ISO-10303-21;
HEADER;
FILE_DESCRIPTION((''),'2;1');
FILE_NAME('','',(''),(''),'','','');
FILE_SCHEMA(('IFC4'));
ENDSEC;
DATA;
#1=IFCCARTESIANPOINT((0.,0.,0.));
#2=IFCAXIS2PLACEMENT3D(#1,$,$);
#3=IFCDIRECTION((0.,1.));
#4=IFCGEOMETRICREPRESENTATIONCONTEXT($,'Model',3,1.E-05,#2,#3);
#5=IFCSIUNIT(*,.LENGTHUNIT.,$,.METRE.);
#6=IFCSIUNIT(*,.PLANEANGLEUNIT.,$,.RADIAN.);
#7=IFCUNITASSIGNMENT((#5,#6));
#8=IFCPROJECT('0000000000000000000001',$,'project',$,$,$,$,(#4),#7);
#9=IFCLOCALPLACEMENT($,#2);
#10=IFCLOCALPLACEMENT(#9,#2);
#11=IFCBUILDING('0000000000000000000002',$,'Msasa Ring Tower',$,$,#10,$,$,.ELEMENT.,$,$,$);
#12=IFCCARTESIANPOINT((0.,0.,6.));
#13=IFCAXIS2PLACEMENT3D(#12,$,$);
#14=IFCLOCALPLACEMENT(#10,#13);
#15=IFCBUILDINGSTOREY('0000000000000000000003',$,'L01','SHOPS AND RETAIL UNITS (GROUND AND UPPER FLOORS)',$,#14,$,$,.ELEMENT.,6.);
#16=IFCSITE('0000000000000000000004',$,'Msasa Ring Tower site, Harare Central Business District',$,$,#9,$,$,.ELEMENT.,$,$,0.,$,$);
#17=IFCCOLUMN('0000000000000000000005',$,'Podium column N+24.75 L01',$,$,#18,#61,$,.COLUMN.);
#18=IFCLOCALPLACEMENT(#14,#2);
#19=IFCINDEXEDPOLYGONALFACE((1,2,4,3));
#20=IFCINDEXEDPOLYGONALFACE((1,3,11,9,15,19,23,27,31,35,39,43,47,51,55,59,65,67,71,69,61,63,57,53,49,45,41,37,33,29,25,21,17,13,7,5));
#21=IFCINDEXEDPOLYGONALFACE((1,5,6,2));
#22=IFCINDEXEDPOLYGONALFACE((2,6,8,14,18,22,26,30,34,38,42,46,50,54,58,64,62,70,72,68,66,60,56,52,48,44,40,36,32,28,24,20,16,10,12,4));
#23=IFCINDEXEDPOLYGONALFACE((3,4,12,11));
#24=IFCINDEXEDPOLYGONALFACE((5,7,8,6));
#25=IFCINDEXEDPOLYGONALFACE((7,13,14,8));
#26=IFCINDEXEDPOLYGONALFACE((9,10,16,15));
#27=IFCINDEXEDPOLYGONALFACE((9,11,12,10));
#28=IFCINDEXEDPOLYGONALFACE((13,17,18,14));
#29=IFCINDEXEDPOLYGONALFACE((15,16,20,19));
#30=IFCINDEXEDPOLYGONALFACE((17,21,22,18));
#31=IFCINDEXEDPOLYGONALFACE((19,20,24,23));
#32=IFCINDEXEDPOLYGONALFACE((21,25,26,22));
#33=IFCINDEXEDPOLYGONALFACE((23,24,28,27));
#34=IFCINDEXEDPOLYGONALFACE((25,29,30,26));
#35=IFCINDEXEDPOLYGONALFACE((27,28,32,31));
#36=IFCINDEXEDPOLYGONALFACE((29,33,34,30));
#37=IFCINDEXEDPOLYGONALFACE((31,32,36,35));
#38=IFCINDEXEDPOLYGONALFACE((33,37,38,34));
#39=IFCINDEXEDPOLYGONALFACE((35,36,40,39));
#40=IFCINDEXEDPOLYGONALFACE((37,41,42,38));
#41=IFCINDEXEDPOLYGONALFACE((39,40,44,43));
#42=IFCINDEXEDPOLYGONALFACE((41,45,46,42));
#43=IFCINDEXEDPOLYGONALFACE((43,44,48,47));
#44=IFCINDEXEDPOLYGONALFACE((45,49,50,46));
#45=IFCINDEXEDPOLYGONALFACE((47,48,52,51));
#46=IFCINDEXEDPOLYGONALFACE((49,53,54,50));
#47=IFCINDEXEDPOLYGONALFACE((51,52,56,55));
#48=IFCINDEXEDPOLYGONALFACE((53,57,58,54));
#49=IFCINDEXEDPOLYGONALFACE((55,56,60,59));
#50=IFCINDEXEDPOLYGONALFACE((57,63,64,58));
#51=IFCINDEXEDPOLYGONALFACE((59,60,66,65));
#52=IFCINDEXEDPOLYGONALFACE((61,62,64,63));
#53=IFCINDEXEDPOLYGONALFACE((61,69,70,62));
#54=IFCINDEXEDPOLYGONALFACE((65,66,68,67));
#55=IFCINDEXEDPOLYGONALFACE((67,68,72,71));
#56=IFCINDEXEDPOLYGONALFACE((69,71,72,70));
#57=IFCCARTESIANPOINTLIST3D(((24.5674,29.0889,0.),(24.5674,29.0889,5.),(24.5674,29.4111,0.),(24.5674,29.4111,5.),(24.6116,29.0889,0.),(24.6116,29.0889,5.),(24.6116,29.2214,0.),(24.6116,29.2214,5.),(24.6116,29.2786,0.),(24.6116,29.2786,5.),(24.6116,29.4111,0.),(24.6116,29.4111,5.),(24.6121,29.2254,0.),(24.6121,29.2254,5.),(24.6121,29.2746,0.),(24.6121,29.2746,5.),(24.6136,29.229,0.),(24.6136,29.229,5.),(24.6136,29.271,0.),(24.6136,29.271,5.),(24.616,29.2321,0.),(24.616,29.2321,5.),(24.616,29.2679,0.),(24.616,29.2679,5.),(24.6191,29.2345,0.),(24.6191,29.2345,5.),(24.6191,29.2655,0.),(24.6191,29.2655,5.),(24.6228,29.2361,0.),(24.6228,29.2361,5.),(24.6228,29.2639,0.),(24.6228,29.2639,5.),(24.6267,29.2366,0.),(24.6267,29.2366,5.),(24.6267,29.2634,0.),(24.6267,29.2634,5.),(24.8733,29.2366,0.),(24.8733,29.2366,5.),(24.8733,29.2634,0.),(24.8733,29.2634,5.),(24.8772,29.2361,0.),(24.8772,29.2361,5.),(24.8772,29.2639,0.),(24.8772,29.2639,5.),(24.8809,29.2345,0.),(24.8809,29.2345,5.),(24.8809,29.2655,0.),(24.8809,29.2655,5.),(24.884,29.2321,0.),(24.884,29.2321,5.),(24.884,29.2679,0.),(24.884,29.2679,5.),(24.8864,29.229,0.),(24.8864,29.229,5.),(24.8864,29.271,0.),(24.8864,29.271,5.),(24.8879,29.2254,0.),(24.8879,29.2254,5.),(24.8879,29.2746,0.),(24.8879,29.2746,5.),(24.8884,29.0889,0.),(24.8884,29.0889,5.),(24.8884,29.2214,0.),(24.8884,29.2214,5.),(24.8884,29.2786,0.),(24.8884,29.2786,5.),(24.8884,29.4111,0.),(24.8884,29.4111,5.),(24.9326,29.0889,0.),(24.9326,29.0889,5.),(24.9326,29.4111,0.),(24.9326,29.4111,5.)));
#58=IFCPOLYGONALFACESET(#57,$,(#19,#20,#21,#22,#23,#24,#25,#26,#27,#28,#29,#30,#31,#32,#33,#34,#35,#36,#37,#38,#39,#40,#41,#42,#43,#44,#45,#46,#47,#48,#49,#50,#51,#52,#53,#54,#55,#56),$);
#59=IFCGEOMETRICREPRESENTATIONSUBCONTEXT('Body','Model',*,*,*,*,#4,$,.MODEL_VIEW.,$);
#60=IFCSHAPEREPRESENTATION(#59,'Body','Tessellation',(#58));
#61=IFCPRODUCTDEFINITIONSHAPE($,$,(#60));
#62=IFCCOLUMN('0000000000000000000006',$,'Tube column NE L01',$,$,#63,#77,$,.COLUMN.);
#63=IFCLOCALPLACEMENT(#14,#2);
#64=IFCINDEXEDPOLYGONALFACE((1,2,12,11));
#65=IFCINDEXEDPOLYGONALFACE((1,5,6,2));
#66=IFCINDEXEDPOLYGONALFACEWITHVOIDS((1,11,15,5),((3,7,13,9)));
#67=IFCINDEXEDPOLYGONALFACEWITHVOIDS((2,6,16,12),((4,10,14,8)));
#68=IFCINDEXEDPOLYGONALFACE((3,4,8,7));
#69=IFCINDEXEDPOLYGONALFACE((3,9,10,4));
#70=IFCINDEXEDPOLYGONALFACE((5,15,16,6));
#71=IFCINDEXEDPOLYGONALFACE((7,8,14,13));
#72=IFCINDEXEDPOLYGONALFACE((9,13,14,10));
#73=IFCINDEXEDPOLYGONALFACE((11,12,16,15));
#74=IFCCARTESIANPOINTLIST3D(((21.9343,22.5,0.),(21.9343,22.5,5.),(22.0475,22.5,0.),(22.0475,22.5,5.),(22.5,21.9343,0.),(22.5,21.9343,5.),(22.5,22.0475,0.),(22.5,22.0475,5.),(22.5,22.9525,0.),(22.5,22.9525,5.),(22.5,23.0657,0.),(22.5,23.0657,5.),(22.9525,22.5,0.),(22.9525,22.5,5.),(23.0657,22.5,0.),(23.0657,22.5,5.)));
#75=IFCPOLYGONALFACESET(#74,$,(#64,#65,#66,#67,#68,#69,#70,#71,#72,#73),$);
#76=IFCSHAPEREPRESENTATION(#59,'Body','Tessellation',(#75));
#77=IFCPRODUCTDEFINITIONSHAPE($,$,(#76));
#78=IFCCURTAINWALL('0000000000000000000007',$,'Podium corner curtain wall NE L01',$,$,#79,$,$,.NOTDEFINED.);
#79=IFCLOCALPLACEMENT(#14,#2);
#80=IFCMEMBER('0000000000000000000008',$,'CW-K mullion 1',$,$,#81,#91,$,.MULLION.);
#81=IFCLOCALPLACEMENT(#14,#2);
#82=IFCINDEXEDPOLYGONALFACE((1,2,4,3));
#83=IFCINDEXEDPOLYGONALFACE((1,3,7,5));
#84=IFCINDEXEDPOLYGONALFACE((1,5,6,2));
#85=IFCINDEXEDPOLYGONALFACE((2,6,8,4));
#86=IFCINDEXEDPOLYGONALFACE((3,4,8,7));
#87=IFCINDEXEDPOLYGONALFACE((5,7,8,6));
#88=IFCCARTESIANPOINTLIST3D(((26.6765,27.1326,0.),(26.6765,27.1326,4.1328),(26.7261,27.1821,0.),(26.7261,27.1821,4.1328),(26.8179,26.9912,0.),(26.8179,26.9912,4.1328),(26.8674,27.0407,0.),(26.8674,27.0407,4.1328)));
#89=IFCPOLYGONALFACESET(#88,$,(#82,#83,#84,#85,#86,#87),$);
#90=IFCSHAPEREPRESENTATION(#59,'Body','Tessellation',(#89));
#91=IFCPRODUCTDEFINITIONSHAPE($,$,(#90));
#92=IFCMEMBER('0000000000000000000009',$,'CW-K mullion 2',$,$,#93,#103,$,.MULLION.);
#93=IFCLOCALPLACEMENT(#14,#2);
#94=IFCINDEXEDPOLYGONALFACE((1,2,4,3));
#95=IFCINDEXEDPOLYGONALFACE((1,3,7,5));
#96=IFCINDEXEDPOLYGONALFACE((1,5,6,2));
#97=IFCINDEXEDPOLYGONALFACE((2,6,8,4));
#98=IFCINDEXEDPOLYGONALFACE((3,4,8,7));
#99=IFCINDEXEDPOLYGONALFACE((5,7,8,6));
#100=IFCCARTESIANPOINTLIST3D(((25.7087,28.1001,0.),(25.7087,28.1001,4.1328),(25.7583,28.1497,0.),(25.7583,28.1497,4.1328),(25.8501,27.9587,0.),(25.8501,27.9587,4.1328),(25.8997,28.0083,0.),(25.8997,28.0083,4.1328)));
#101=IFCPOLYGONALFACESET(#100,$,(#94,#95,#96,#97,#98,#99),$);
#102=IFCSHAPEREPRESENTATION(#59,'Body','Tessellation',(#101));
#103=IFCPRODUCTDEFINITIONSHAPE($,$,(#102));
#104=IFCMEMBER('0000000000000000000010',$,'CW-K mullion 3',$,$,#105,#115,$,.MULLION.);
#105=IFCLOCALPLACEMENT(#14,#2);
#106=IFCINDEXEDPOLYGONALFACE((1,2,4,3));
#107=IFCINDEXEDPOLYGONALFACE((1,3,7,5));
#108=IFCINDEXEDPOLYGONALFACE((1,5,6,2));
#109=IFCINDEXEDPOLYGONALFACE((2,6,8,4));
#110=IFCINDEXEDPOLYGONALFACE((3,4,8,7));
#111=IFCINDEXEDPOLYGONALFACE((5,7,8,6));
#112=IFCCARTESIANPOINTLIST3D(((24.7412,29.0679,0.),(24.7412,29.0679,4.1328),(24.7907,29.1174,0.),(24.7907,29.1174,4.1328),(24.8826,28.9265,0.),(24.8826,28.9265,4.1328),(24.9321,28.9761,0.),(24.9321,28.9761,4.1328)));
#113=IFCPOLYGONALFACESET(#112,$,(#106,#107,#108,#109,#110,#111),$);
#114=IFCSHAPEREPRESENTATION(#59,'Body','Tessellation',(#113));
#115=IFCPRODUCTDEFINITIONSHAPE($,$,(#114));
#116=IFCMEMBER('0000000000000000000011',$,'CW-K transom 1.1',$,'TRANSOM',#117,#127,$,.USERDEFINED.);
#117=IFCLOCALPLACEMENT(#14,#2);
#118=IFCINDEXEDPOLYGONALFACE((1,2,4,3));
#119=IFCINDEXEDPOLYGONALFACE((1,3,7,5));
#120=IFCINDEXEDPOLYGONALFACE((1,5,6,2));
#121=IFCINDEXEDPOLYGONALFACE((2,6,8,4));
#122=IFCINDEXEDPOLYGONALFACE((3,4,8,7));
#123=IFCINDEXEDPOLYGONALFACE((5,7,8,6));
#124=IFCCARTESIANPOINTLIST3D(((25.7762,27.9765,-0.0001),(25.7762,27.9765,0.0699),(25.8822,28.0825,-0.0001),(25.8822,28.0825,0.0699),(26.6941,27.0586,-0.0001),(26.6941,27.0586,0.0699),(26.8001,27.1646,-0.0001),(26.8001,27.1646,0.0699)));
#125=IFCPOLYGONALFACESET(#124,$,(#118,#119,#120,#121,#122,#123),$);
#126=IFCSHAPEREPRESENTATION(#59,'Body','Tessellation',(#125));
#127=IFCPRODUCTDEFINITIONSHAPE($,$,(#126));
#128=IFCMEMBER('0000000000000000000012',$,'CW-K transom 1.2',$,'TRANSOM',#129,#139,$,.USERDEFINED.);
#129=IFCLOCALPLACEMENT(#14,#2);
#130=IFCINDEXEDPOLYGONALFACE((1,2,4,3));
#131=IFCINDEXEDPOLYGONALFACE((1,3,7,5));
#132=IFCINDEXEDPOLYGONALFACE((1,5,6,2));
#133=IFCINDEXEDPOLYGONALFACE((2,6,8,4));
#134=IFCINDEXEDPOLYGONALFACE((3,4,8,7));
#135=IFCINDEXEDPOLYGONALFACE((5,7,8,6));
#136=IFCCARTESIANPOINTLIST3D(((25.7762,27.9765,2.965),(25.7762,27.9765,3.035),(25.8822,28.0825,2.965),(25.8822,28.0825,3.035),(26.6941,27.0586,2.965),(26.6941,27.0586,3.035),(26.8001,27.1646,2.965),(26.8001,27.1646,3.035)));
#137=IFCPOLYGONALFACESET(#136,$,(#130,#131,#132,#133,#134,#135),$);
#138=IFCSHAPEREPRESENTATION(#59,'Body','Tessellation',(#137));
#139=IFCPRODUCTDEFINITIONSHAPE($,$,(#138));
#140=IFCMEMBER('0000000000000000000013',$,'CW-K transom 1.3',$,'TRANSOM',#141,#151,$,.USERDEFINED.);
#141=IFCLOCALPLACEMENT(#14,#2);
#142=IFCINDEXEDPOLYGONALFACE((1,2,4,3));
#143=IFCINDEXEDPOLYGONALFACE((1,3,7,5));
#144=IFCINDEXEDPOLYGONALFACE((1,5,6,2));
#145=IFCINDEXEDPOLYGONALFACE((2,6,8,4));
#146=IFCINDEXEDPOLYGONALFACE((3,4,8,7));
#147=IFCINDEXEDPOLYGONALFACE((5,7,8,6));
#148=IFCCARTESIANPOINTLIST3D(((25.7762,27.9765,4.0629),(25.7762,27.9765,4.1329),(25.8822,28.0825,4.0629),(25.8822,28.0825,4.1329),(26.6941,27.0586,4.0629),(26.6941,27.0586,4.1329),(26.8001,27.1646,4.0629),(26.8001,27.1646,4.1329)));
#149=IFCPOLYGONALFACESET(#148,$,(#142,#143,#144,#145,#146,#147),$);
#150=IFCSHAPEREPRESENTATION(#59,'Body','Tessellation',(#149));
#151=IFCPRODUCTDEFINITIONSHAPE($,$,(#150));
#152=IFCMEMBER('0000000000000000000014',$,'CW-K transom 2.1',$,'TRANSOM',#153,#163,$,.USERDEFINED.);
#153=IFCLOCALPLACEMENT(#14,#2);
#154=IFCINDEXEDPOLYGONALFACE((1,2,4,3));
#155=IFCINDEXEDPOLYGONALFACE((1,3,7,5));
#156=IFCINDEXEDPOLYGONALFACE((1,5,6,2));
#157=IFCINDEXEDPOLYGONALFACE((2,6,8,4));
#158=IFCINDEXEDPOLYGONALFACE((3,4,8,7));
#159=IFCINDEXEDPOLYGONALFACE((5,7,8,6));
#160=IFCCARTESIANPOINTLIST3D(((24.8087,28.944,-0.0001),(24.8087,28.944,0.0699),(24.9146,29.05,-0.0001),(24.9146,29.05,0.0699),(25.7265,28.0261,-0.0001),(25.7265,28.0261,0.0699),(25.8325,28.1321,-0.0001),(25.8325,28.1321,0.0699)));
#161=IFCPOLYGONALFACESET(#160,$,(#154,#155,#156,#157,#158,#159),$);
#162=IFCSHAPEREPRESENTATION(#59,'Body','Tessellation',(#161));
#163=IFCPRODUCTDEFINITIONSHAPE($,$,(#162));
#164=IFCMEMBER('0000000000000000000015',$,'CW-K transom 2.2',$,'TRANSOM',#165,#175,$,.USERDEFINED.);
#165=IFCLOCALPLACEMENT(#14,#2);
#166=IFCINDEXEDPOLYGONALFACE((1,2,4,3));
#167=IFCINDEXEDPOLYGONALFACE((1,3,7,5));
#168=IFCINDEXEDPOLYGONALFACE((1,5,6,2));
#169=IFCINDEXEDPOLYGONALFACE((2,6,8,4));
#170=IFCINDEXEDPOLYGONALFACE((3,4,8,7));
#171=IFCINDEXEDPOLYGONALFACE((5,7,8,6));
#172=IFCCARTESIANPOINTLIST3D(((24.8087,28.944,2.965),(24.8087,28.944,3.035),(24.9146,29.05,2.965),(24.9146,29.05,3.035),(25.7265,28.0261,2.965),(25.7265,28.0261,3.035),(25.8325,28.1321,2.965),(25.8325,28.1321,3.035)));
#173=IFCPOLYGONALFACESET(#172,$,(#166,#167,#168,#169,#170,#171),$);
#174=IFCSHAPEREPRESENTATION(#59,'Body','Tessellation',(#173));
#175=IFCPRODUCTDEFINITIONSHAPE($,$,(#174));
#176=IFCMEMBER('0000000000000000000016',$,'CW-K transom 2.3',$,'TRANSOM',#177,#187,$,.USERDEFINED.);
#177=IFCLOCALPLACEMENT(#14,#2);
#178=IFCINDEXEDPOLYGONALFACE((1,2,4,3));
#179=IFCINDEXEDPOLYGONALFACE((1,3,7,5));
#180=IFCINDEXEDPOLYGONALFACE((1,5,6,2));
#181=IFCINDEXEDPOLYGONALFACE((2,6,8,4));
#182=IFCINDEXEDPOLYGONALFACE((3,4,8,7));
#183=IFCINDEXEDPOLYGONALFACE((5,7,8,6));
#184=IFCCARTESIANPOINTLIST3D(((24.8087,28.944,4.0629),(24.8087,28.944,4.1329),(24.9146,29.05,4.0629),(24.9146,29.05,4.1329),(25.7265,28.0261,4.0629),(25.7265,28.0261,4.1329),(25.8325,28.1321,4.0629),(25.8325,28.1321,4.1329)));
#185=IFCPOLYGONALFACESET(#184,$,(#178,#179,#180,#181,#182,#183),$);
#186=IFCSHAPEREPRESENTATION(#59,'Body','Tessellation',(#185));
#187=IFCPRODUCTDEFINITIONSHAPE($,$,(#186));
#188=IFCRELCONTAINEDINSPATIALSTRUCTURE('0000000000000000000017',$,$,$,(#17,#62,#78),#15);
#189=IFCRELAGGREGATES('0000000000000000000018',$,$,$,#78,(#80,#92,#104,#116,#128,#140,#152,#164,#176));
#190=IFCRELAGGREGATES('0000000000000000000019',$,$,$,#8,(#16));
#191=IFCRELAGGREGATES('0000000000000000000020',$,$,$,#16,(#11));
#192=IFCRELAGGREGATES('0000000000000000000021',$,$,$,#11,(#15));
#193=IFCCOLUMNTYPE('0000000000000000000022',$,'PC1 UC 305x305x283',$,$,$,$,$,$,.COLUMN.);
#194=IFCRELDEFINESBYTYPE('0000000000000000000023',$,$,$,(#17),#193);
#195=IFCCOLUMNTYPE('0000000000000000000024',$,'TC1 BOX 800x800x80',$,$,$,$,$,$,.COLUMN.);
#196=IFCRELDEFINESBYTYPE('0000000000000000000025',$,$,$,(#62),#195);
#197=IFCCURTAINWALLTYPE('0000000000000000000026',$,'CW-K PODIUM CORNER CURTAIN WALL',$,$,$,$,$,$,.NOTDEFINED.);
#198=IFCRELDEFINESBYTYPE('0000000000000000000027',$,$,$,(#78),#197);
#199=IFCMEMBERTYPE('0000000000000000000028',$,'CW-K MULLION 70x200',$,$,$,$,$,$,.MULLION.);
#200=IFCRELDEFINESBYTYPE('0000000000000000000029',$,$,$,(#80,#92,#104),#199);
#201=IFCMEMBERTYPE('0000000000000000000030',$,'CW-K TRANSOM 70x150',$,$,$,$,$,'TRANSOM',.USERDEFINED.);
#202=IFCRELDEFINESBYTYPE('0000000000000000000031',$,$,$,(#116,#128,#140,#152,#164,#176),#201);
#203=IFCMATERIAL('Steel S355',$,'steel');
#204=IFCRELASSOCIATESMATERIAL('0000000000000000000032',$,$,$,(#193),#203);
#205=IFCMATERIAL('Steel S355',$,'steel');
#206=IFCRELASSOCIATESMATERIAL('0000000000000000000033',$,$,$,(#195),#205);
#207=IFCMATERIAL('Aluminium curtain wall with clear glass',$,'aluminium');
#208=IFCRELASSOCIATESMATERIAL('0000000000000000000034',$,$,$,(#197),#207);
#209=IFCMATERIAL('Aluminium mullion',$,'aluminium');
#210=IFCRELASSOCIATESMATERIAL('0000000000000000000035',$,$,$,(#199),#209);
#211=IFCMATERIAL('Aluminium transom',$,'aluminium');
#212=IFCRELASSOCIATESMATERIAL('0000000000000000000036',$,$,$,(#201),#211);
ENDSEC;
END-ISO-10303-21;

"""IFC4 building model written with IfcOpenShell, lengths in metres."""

from ifc_helpers import new_model, si_unit, direction, frame, origin, origin_2d, place, context, subcontext, project, spatial, rectangle, hollow_rectangle, i_section, extrude, material, material_profile, profile_set, type_object, element, aggregate, save


model = new_model("IFC4")

# Units and contexts
model_context = context("Model", 3, precision=1e-05, world=origin(), true_north=direction((0.0, 1.0)))
body_context = subcontext(model_context, "Body", "Model", "MODEL_VIEW")
ifc_project = project(units=[si_unit("LENGTHUNIT", "METRE"), si_unit("PLANEANGLEUNIT", "RADIAN")], contexts=[model_context])

# Site, building, storey
site_placement = place(None, origin())
site = spatial("IfcSite", under=ifc_project, at=site_placement, Name="Msasa Ring Tower site, Harare Central Business District", CompositionType="ELEMENT", RefElevation=0.0)
building_placement = place(site_placement, origin())
building = spatial("IfcBuilding", under=site, at=building_placement, Name="Msasa Ring Tower", CompositionType="ELEMENT")
storey_placement = place(building_placement, frame((0.0, 0.0, 6.0)))
storey = spatial("IfcBuildingStorey", under=building, at=storey_placement, Name="L01", Description="SHOPS AND RETAIL UNITS (GROUND AND UPPER FLOORS)", CompositionType="ELEMENT", Elevation=6.0)

# Columns
ifc_material_1 = material(Name="Steel S355", Category="steel")
ifc_material_profile_1 = material_profile(ifc_material_1, i_section(OverallWidth=0.3223, OverallDepth=0.3652, WebThickness=0.0269, FlangeThickness=0.0442, FilletRadius=0.0151, at=origin_2d()), Name="UC 305x305x283")
ifc_profile_set_1 = profile_set([ifc_material_profile_1], Name="Steel S355")
column_type_1 = type_object("IfcColumnType", Name="PC1 UC 305x305x283", PredefinedType="COLUMN", material=ifc_profile_set_1)
column_1_placement = place(storey_placement, frame((24.75, 29.25, 0.0), z_axis=(0.0, 0.0, 1.0), x_axis=(0.0, 1.0, 0.0)))
element("IfcColumn", 1, at=column_1_placement, inside=storey, type_object=column_type_1, Name="Podium column N+24.75 L01", PredefinedType="COLUMN", context=body_context, shape_type="SweptSolid", body=[
    extrude(i_section(OverallWidth=0.3223, OverallDepth=0.3652, WebThickness=0.0269, FlangeThickness=0.0442, FilletRadius=0.0151, at=origin_2d()), origin(), (0.0, 0.0, 1.0), 5.0),
])
ifc_material_2 = material(Name="Steel S355", Category="steel")
ifc_material_profile_2 = material_profile(ifc_material_2, hollow_rectangle(XDim=0.8, YDim=0.8, WallThickness=0.0801, at=origin_2d()), Name="BOX 800x800x80")
ifc_profile_set_2 = profile_set([ifc_material_profile_2], Name="Steel S355")
column_type_2 = type_object("IfcColumnType", Name="TC1 BOX 800x800x80", PredefinedType="COLUMN", material=ifc_profile_set_2)
column_2_placement = place(storey_placement, frame((22.5, 22.5, 0.0), z_axis=(0.0, 0.0, 1.0), x_axis=(0.707107, 0.707107, 0.0)))
element("IfcColumn", 2, at=column_2_placement, inside=storey, type_object=column_type_2, Name="Tube column NE L01", PredefinedType="COLUMN", context=body_context, shape_type="SweptSolid", body=[
    extrude(hollow_rectangle(XDim=0.8, YDim=0.8, WallThickness=0.0801, at=origin_2d()), origin(), (0.0, 0.0, 1.0), 5.0),
])

# Curtain wall, members
ifc_material_3 = material(Name="Aluminium curtain wall with clear glass", Category="aluminium")
curtain_wall_type = type_object("IfcCurtainWallType", Name="CW-K PODIUM CORNER CURTAIN WALL", PredefinedType="NOTDEFINED", material=ifc_material_3)
curtain_wall_placement = place(storey_placement, origin())
curtain_wall = element("IfcCurtainWall", 3, at=curtain_wall_placement, inside=storey, type_object=curtain_wall_type, Name="Podium corner curtain wall NE L01", PredefinedType="NOTDEFINED")
ifc_material_4 = material(Name="Aluminium mullion", Category="aluminium")
ifc_material_profile_3 = material_profile(ifc_material_4, rectangle(XDim=0.0701, YDim=0.2, at=origin_2d()), Name="AL 70x200")
ifc_profile_set_3 = profile_set([ifc_material_profile_3], Name="Aluminium mullion")
member_type_1 = type_object("IfcMemberType", Name="CW-K MULLION 70x200", PredefinedType="MULLION", material=ifc_profile_set_3)
member_1_placement = place(storey_placement, frame((26.772, 27.0867, 0.0), z_axis=(0.0, 0.0, 1.0), x_axis=(-0.707107, -0.707107, 0.0)))
member_1 = element("IfcMember", 4, at=member_1_placement, type_object=member_type_1, Name="CW-K mullion 1", PredefinedType="MULLION", context=body_context, shape_type="SweptSolid", body=[
    extrude(rectangle(XDim=0.0701, YDim=0.2, at=origin_2d()), origin(), (0.0, 0.0, 1.0), 4.1328),
])
member_2_placement = place(storey_placement, frame((25.8042, 28.0542, 0.0), z_axis=(0.0, 0.0, 1.0), x_axis=(-0.707107, -0.707107, 0.0)))
member_2 = element("IfcMember", 5, at=member_2_placement, type_object=member_type_1, Name="CW-K mullion 2", PredefinedType="MULLION", context=body_context, shape_type="SweptSolid", body=[
    extrude(rectangle(XDim=0.0701, YDim=0.2, at=origin_2d()), origin(), (0.0, 0.0, 1.0), 4.1328),
])
member_3_placement = place(storey_placement, frame((24.8367, 29.022, 0.0), z_axis=(0.0, 0.0, 1.0), x_axis=(-0.707107, -0.707107, 0.0)))
member_3 = element("IfcMember", 6, at=member_3_placement, type_object=member_type_1, Name="CW-K mullion 3", PredefinedType="MULLION", context=body_context, shape_type="SweptSolid", body=[
    extrude(rectangle(XDim=0.0701, YDim=0.2, at=origin_2d()), origin(), (0.0, 0.0, 1.0), 4.1328),
])
ifc_material_5 = material(Name="Aluminium transom", Category="aluminium")
ifc_material_profile_4 = material_profile(ifc_material_5, rectangle(XDim=0.1499, YDim=0.0701, at=origin_2d()), Name="AL 70x150")
ifc_profile_set_4 = profile_set([ifc_material_profile_4], Name="Aluminium transom")
member_type_2 = type_object("IfcMemberType", Name="CW-K TRANSOM 70x150", ElementType="TRANSOM", PredefinedType="USERDEFINED", material=ifc_profile_set_4)
member_4_placement = place(storey_placement, frame((26.7471, 27.1116, 0.0349), z_axis=(-0.707107, 0.707107, 0.0), x_axis=(-0.707107, -0.707107, 0.0)))
member_4 = element("IfcMember", 7, at=member_4_placement, type_object=member_type_2, Name="CW-K transom 1.1", ObjectType="TRANSOM", PredefinedType="USERDEFINED", context=body_context, shape_type="SweptSolid", body=[
    extrude(rectangle(XDim=0.1499, YDim=0.0701, at=origin_2d()), origin(), (0.0, 0.0, 1.0), 1.2981),
])
member_5_placement = place(storey_placement, frame((26.7471, 27.1116, 3.0), z_axis=(-0.707107, 0.707107, 0.0), x_axis=(-0.707107, -0.707107, 0.0)))
member_5 = element("IfcMember", 8, at=member_5_placement, type_object=member_type_2, Name="CW-K transom 1.2", ObjectType="TRANSOM", PredefinedType="USERDEFINED", context=body_context, shape_type="SweptSolid", body=[
    extrude(rectangle(XDim=0.1499, YDim=0.0701, at=origin_2d()), origin(), (0.0, 0.0, 1.0), 1.2981),
])
member_6_placement = place(storey_placement, frame((26.7471, 27.1116, 4.0979), z_axis=(-0.707107, 0.707107, 0.0), x_axis=(-0.707107, -0.707107, 0.0)))
member_6 = element("IfcMember", 9, at=member_6_placement, type_object=member_type_2, Name="CW-K transom 1.3", ObjectType="TRANSOM", PredefinedType="USERDEFINED", context=body_context, shape_type="SweptSolid", body=[
    extrude(rectangle(XDim=0.1499, YDim=0.0701, at=origin_2d()), origin(), (0.0, 0.0, 1.0), 1.2981),
])
member_7_placement = place(storey_placement, frame((25.7795, 28.0791, 0.0349), z_axis=(-0.707107, 0.707107, 0.0), x_axis=(-0.707107, -0.707107, 0.0)))
member_7 = element("IfcMember", 10, at=member_7_placement, type_object=member_type_2, Name="CW-K transom 2.1", ObjectType="TRANSOM", PredefinedType="USERDEFINED", context=body_context, shape_type="SweptSolid", body=[
    extrude(rectangle(XDim=0.1499, YDim=0.0701, at=origin_2d()), origin(), (0.0, 0.0, 1.0), 1.2981),
])
member_8_placement = place(storey_placement, frame((25.7795, 28.0791, 3.0), z_axis=(-0.707107, 0.707107, 0.0), x_axis=(-0.707107, -0.707107, 0.0)))
member_8 = element("IfcMember", 11, at=member_8_placement, type_object=member_type_2, Name="CW-K transom 2.2", ObjectType="TRANSOM", PredefinedType="USERDEFINED", context=body_context, shape_type="SweptSolid", body=[
    extrude(rectangle(XDim=0.1499, YDim=0.0701, at=origin_2d()), origin(), (0.0, 0.0, 1.0), 1.2981),
])
member_9_placement = place(storey_placement, frame((25.7795, 28.0791, 4.0979), z_axis=(-0.707107, 0.707107, 0.0), x_axis=(-0.707107, -0.707107, 0.0)))
member_9 = element("IfcMember", 12, at=member_9_placement, type_object=member_type_2, Name="CW-K transom 2.3", ObjectType="TRANSOM", PredefinedType="USERDEFINED", context=body_context, shape_type="SweptSolid", body=[
    extrude(rectangle(XDim=0.1499, YDim=0.0701, at=origin_2d()), origin(), (0.0, 0.0, 1.0), 1.2981),
])

aggregate(curtain_wall, [member_1, member_2, member_3, member_4, member_5, member_6, member_7, member_8, member_9])

save(model, "model.ifc")
